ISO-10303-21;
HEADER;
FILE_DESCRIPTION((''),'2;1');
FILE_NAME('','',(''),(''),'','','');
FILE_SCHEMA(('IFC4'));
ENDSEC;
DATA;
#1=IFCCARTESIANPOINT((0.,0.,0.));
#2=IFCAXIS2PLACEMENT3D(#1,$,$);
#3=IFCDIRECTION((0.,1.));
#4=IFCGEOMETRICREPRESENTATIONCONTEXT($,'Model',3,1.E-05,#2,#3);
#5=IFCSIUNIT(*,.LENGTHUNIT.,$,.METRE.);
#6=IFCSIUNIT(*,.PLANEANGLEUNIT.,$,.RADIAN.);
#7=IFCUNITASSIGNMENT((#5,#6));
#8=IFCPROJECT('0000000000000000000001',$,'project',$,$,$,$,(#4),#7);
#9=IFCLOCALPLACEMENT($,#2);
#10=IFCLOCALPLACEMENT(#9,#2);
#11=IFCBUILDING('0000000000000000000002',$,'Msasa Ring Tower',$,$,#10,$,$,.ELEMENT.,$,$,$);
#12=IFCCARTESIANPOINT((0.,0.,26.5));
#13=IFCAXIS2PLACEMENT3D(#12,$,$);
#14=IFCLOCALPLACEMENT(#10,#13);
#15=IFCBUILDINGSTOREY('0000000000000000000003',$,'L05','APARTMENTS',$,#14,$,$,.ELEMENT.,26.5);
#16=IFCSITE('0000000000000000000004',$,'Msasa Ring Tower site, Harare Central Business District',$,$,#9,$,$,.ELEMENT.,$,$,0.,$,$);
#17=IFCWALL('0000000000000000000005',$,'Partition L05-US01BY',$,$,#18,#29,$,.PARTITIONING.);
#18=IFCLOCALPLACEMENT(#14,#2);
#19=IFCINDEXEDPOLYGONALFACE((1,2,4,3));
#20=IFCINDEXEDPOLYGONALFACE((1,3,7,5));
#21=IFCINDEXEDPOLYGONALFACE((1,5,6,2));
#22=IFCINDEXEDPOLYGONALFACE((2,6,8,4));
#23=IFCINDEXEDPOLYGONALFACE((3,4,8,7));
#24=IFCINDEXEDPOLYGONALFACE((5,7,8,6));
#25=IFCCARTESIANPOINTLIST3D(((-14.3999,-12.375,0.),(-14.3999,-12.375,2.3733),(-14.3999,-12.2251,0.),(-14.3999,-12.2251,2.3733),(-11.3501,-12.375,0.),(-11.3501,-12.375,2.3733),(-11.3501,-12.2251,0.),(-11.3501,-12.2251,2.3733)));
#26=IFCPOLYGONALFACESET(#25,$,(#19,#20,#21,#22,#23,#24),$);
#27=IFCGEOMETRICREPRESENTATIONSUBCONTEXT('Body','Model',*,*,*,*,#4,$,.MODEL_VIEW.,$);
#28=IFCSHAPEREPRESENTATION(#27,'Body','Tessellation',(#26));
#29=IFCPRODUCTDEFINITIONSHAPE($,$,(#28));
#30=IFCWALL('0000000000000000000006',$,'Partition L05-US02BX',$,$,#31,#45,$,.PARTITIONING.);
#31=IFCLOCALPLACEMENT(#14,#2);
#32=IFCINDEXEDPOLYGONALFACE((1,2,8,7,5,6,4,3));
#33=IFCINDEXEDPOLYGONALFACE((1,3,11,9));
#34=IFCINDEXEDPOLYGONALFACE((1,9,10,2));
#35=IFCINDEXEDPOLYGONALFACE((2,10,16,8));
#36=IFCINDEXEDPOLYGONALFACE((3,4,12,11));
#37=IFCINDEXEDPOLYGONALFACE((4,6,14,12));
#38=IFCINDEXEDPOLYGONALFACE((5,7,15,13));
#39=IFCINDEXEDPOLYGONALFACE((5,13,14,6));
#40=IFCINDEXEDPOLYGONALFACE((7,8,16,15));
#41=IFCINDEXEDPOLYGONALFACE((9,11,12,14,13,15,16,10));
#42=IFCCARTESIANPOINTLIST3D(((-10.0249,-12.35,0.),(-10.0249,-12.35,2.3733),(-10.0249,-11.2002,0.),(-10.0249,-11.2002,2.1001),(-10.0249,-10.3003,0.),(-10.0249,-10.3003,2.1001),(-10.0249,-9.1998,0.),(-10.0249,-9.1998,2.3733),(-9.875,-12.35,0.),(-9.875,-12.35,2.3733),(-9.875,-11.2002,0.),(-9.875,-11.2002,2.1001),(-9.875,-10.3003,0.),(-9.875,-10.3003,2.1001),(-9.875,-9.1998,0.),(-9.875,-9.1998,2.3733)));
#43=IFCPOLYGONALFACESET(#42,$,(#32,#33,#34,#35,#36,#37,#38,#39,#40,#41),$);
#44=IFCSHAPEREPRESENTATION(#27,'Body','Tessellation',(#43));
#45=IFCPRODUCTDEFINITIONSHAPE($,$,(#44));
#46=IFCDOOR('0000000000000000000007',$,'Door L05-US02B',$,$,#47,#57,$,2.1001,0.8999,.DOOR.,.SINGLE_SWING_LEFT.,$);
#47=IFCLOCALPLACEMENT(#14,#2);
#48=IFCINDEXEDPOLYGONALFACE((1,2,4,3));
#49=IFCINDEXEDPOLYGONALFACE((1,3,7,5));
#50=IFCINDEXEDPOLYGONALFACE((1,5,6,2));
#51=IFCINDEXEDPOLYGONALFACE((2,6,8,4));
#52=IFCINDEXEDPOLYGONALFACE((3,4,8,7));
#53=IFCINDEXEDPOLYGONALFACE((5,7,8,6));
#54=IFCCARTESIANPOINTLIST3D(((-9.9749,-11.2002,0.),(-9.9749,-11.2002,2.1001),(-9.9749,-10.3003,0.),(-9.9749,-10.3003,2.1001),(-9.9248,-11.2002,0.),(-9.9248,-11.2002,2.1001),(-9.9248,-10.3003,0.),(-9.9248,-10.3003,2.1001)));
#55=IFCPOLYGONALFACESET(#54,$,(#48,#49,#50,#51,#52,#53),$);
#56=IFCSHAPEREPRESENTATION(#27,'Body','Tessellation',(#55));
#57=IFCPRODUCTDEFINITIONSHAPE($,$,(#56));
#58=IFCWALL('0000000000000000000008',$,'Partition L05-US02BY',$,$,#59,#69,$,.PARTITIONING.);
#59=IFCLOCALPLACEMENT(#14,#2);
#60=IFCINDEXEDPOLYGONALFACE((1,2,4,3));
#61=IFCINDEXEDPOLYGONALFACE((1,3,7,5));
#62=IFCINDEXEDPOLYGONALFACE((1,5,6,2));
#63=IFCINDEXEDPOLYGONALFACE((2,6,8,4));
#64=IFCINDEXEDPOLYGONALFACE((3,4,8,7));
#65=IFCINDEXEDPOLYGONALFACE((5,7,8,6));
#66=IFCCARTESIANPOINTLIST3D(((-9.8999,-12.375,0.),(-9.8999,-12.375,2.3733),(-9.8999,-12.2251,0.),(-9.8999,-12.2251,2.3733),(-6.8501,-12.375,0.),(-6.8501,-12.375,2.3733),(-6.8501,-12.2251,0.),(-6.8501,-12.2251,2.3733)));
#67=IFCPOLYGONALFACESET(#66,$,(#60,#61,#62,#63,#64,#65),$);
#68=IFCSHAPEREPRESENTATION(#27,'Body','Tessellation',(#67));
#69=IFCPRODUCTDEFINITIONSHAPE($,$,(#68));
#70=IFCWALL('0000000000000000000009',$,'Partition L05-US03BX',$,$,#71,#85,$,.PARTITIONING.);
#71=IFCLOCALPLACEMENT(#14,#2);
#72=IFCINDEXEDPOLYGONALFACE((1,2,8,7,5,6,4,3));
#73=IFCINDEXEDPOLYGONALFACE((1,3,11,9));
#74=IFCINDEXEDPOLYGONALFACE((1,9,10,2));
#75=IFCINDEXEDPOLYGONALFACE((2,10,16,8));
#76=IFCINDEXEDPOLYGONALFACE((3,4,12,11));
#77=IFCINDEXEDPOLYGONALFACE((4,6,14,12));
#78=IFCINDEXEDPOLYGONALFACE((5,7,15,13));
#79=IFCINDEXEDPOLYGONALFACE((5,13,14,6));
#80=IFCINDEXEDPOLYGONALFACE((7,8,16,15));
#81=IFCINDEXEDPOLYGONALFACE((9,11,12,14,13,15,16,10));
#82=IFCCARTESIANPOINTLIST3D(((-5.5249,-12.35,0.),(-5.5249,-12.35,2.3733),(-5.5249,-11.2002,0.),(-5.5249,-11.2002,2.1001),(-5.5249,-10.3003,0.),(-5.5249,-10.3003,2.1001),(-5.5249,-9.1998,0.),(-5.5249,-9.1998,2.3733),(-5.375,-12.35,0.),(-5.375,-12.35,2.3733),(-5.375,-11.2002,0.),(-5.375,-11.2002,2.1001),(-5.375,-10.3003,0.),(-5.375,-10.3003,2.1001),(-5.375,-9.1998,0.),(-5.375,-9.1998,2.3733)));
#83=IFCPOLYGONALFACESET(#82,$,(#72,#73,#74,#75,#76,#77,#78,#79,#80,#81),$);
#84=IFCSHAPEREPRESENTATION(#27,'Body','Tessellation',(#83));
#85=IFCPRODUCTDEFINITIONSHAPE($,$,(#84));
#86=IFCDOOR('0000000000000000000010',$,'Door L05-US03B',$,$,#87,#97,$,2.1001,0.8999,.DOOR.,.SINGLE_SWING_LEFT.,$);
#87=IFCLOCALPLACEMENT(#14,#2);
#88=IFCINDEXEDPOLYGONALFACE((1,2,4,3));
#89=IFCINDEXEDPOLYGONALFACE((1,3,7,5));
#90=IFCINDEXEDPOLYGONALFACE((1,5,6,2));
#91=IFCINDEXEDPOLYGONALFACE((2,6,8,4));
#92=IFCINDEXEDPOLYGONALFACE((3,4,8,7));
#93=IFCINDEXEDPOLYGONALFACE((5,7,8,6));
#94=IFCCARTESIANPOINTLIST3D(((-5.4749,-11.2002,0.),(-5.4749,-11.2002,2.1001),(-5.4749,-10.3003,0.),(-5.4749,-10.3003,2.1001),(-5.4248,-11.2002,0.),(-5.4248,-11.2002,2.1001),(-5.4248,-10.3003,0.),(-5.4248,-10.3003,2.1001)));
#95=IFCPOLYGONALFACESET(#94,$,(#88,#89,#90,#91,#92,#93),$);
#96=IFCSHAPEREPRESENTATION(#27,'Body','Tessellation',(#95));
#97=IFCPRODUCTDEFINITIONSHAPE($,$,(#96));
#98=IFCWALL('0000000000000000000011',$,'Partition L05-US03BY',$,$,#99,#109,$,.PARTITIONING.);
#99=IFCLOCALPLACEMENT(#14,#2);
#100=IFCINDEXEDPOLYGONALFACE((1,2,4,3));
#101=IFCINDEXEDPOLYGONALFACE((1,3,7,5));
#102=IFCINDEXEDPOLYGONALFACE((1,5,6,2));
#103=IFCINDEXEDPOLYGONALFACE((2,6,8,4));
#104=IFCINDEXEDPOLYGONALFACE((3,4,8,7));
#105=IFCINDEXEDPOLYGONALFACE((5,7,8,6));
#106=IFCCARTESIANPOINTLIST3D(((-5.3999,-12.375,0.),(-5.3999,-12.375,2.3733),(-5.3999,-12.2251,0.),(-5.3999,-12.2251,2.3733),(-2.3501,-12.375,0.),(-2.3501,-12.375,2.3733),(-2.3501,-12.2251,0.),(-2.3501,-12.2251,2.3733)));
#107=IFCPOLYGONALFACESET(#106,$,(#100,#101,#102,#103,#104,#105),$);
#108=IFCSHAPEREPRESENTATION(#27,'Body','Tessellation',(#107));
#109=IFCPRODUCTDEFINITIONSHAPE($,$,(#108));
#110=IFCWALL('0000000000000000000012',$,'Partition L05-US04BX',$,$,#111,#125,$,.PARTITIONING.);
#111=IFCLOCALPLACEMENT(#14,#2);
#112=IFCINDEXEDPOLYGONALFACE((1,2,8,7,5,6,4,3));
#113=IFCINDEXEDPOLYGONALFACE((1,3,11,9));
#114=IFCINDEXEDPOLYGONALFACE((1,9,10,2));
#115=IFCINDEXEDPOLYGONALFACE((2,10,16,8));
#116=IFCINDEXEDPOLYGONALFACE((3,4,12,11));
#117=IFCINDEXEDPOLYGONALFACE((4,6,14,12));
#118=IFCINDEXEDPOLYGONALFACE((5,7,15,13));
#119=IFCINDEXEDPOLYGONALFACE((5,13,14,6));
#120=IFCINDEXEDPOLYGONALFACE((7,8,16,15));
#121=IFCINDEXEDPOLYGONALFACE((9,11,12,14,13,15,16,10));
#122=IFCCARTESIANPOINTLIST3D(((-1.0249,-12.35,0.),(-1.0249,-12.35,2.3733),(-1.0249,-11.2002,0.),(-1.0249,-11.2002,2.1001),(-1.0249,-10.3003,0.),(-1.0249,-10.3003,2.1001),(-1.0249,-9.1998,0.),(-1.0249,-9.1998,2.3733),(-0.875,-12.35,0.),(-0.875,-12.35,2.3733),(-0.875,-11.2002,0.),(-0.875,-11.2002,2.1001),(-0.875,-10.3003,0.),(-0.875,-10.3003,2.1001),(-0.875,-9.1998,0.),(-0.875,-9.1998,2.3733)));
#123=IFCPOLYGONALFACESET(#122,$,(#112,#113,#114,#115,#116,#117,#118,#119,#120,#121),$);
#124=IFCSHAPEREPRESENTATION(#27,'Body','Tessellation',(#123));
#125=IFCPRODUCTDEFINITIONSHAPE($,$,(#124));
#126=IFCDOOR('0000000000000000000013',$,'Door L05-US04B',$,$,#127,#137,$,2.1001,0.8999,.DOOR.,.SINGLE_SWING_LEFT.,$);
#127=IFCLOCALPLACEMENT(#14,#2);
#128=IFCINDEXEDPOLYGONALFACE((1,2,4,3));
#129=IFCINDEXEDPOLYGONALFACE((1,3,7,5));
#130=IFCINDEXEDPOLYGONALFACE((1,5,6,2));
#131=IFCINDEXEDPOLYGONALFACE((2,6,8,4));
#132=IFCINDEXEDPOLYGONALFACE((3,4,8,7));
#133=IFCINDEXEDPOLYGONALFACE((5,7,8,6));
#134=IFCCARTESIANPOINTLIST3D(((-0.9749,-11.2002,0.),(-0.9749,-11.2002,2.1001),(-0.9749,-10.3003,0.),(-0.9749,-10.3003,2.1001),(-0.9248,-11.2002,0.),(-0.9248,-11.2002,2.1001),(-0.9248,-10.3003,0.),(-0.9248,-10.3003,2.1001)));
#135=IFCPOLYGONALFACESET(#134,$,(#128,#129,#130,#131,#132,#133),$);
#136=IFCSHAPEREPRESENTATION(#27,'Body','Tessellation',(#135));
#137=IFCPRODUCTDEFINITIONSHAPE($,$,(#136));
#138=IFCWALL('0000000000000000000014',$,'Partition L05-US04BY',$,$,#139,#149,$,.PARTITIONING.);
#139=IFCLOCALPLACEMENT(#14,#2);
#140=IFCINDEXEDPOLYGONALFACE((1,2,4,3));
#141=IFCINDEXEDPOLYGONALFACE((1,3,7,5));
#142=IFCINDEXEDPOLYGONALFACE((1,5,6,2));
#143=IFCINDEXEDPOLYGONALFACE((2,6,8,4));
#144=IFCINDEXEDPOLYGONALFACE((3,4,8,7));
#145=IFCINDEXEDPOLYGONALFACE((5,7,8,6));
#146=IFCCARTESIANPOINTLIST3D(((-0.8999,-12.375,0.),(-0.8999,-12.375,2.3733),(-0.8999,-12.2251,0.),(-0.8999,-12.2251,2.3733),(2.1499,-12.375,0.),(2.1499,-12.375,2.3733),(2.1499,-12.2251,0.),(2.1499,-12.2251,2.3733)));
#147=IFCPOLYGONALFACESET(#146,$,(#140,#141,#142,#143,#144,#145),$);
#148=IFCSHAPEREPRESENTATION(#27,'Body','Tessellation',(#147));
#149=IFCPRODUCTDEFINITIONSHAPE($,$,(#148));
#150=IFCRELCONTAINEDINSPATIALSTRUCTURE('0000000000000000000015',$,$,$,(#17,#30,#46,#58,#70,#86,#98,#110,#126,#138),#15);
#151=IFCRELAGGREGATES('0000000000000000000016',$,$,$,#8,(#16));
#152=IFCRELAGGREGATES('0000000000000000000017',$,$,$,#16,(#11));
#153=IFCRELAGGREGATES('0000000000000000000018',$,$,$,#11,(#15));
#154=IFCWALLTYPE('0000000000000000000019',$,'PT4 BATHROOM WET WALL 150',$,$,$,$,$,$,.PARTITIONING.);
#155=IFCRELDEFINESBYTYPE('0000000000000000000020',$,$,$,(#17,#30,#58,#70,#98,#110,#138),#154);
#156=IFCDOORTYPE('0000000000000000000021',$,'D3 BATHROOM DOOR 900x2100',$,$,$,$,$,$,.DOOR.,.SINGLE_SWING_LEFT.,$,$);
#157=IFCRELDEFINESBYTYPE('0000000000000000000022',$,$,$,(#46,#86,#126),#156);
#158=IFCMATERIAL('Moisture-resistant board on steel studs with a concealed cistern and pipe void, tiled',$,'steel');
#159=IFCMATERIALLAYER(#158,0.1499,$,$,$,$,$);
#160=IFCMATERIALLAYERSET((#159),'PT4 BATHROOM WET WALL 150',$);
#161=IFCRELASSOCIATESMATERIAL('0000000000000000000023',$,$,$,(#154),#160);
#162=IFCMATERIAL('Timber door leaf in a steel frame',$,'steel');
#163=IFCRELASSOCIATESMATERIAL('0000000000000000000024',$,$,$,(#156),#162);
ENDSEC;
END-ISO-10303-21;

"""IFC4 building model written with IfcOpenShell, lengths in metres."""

from ifc_helpers import new_model, si_unit, direction, frame, frame_2d, origin, place, context, subcontext, project, spatial, rectangle, extrude, material, layer, layer_set, type_object, element, fill, save


model = new_model("IFC4")

# Units and contexts
model_context = context("Model", 3, precision=1e-05, world=origin(), true_north=direction((0.0, 1.0)))
body_context = subcontext(model_context, "Body", "Model", "MODEL_VIEW")
ifc_project = project(units=[si_unit("LENGTHUNIT", "METRE"), si_unit("PLANEANGLEUNIT", "RADIAN")], contexts=[model_context])

# Site, building, storey
site_placement = place(None, origin())
site = spatial("IfcSite", under=ifc_project, at=site_placement, Name="Msasa Ring Tower site, Harare Central Business District", CompositionType="ELEMENT", RefElevation=0.0)
building_placement = place(site_placement, origin())
building = spatial("IfcBuilding", under=site, at=building_placement, Name="Msasa Ring Tower", CompositionType="ELEMENT")
storey_placement = place(building_placement, frame((0.0, 0.0, 26.5)))
storey = spatial("IfcBuildingStorey", under=building, at=storey_placement, Name="L05", Description="APARTMENTS", CompositionType="ELEMENT", Elevation=26.5)

# Wall
ifc_material_1 = material(Name="Moisture-resistant board on steel studs with a concealed cistern and pipe void, tiled", Category="steel")
ifc_layer_1 = layer(ifc_material_1, 0.1499)
ifc_layer_set_1 = layer_set([ifc_layer_1], Name="PT4 BATHROOM WET WALL 150")
wall_type_1 = type_object("IfcWallType", Name="PT4 BATHROOM WET WALL 150", PredefinedType="PARTITIONING", material=ifc_layer_set_1)
wall_1_placement = place(storey_placement, frame((-14.3999, -12.3, 0.0), z_axis=(0.0, 0.0, 1.0), x_axis=(1.0, 0.0, 0.0)))
element("IfcWall", 1, at=wall_1_placement, inside=storey, type_object=wall_type_1, Name="Partition L05-US01BY", PredefinedType="PARTITIONING", context=body_context, shape_type="SweptSolid", body=[
    extrude(rectangle(XDim=3.0498, YDim=0.1499, at=frame_2d((1.5249, 0.0))), origin(), (0.0, 0.0, 1.0), 2.3733),
])

# Wall, opening, door
wall_2_placement = place(storey_placement, frame((-9.95, -12.3501, 0.0), z_axis=(0.0, 0.0, 1.0), x_axis=(0.0, 1.0, 0.0)))
wall_2 = element("IfcWall", 2, at=wall_2_placement, inside=storey, type_object=wall_type_1, Name="Partition L05-US02BX", PredefinedType="PARTITIONING", context=body_context, shape_type="SweptSolid", body=[
    extrude(rectangle(XDim=3.1501, YDim=0.1499, at=frame_2d((1.5752, 0.0))), origin(), (0.0, 0.0, 1.0), 2.3733),
])
opening_1_placement = place(wall_2_placement, frame((1.1499, 0.0, 0.0)))
opening_1 = element("IfcOpeningElement", 3, at=opening_1_placement, cuts=wall_2, PredefinedType="OPENING", context=body_context, shape_type="SweptSolid", body=[
    extrude(rectangle(XDim=0.8999, YDim=2.1001, at=frame_2d((0.45, 1.05))), frame((0.0, 0.085, 0.0), z_axis=(0.0, -1.0, 0.0), x_axis=(1.0, 0.0, 0.0)), (0.0, 0.0, 1.0), 0.1699),
])
ifc_material_2 = material(Name="Timber door leaf in a steel frame", Category="steel")
door_type_1 = type_object("IfcDoorType", Name="D3 BATHROOM DOOR 900x2100", OperationType="SINGLE_SWING_LEFT", PredefinedType="DOOR", material=ifc_material_2)
door_1_placement = place(opening_1_placement, origin())
door_1 = element("IfcDoor", 4, at=door_1_placement, inside=storey, type_object=door_type_1, Name="Door L05-US02B", OperationType="SINGLE_SWING_LEFT", OverallHeight=2.1001, OverallWidth=0.8999, PredefinedType="DOOR", context=body_context, shape_type="SweptSolid", body=[
    extrude(rectangle(XDim=0.8999, YDim=2.1001, at=frame_2d((0.45, 1.05))), frame((0.0, 0.0249, 0.0), z_axis=(0.0, -1.0, 0.0), x_axis=(1.0, 0.0, 0.0)), (0.0, 0.0, 1.0), 0.05),
])
fill(opening_1, door_1)

# Wall
wall_3_placement = place(storey_placement, frame((-9.8999, -12.3, 0.0), z_axis=(0.0, 0.0, 1.0), x_axis=(1.0, 0.0, 0.0)))
element("IfcWall", 5, at=wall_3_placement, inside=storey, type_object=wall_type_1, Name="Partition L05-US02BY", PredefinedType="PARTITIONING", context=body_context, shape_type="SweptSolid", body=[
    extrude(rectangle(XDim=3.0498, YDim=0.1499, at=frame_2d((1.5249, 0.0))), origin(), (0.0, 0.0, 1.0), 2.3733),
])

# Wall, opening, door
wall_4_placement = place(storey_placement, frame((-5.45, -12.3501, 0.0), z_axis=(0.0, 0.0, 1.0), x_axis=(0.0, 1.0, 0.0)))
wall_4 = element("IfcWall", 6, at=wall_4_placement, inside=storey, type_object=wall_type_1, Name="Partition L05-US03BX", PredefinedType="PARTITIONING", context=body_context, shape_type="SweptSolid", body=[
    extrude(rectangle(XDim=3.1501, YDim=0.1499, at=frame_2d((1.5752, 0.0))), origin(), (0.0, 0.0, 1.0), 2.3733),
])
opening_2_placement = place(wall_4_placement, frame((1.1499, 0.0, 0.0)))
opening_2 = element("IfcOpeningElement", 7, at=opening_2_placement, cuts=wall_4, PredefinedType="OPENING", context=body_context, shape_type="SweptSolid", body=[
    extrude(rectangle(XDim=0.8999, YDim=2.1001, at=frame_2d((0.45, 1.05))), frame((0.0, 0.085, 0.0), z_axis=(0.0, -1.0, 0.0), x_axis=(1.0, 0.0, 0.0)), (0.0, 0.0, 1.0), 0.1699),
])
door_2_placement = place(opening_2_placement, origin())
door_2 = element("IfcDoor", 8, at=door_2_placement, inside=storey, type_object=door_type_1, Name="Door L05-US03B", OperationType="SINGLE_SWING_LEFT", OverallHeight=2.1001, OverallWidth=0.8999, PredefinedType="DOOR", context=body_context, shape_type="SweptSolid", body=[
    extrude(rectangle(XDim=0.8999, YDim=2.1001, at=frame_2d((0.45, 1.05))), frame((0.0, 0.0249, 0.0), z_axis=(0.0, -1.0, 0.0), x_axis=(1.0, 0.0, 0.0)), (0.0, 0.0, 1.0), 0.05),
])
fill(opening_2, door_2)

# Wall
wall_5_placement = place(storey_placement, frame((-5.3999, -12.3, 0.0), z_axis=(0.0, 0.0, 1.0), x_axis=(1.0, 0.0, 0.0)))
element("IfcWall", 9, at=wall_5_placement, inside=storey, type_object=wall_type_1, Name="Partition L05-US03BY", PredefinedType="PARTITIONING", context=body_context, shape_type="SweptSolid", body=[
    extrude(rectangle(XDim=3.0498, YDim=0.1499, at=frame_2d((1.5249, 0.0))), origin(), (0.0, 0.0, 1.0), 2.3733),
])

# Wall, opening, door
wall_6_placement = place(storey_placement, frame((-0.95, -12.3501, 0.0), z_axis=(0.0, 0.0, 1.0), x_axis=(0.0, 1.0, 0.0)))
wall_6 = element("IfcWall", 10, at=wall_6_placement, inside=storey, type_object=wall_type_1, Name="Partition L05-US04BX", PredefinedType="PARTITIONING", context=body_context, shape_type="SweptSolid", body=[
    extrude(rectangle(XDim=3.1501, YDim=0.1499, at=frame_2d((1.5752, 0.0))), origin(), (0.0, 0.0, 1.0), 2.3733),
])
opening_3_placement = place(wall_6_placement, frame((1.1499, 0.0, 0.0)))
opening_3 = element("IfcOpeningElement", 11, at=opening_3_placement, cuts=wall_6, PredefinedType="OPENING", context=body_context, shape_type="SweptSolid", body=[
    extrude(rectangle(XDim=0.8999, YDim=2.1001, at=frame_2d((0.45, 1.05))), frame((0.0, 0.085, 0.0), z_axis=(0.0, -1.0, 0.0), x_axis=(1.0, 0.0, 0.0)), (0.0, 0.0, 1.0), 0.1699),
])
door_3_placement = place(opening_3_placement, origin())
door_3 = element("IfcDoor", 12, at=door_3_placement, inside=storey, type_object=door_type_1, Name="Door L05-US04B", OperationType="SINGLE_SWING_LEFT", OverallHeight=2.1001, OverallWidth=0.8999, PredefinedType="DOOR", context=body_context, shape_type="SweptSolid", body=[
    extrude(rectangle(XDim=0.8999, YDim=2.1001, at=frame_2d((0.45, 1.05))), frame((0.0, 0.0249, 0.0), z_axis=(0.0, -1.0, 0.0), x_axis=(1.0, 0.0, 0.0)), (0.0, 0.0, 1.0), 0.05),
])
fill(opening_3, door_3)

# Wall
wall_7_placement = place(storey_placement, frame((-0.8999, -12.3, 0.0), z_axis=(0.0, 0.0, 1.0), x_axis=(1.0, 0.0, 0.0)))
element("IfcWall", 13, at=wall_7_placement, inside=storey, type_object=wall_type_1, Name="Partition L05-US04BY", PredefinedType="PARTITIONING", context=body_context, shape_type="SweptSolid", body=[
    extrude(rectangle(XDim=3.0498, YDim=0.1499, at=frame_2d((1.5249, 0.0))), origin(), (0.0, 0.0, 1.0), 2.3733),
])

save(model, "model.ifc")
